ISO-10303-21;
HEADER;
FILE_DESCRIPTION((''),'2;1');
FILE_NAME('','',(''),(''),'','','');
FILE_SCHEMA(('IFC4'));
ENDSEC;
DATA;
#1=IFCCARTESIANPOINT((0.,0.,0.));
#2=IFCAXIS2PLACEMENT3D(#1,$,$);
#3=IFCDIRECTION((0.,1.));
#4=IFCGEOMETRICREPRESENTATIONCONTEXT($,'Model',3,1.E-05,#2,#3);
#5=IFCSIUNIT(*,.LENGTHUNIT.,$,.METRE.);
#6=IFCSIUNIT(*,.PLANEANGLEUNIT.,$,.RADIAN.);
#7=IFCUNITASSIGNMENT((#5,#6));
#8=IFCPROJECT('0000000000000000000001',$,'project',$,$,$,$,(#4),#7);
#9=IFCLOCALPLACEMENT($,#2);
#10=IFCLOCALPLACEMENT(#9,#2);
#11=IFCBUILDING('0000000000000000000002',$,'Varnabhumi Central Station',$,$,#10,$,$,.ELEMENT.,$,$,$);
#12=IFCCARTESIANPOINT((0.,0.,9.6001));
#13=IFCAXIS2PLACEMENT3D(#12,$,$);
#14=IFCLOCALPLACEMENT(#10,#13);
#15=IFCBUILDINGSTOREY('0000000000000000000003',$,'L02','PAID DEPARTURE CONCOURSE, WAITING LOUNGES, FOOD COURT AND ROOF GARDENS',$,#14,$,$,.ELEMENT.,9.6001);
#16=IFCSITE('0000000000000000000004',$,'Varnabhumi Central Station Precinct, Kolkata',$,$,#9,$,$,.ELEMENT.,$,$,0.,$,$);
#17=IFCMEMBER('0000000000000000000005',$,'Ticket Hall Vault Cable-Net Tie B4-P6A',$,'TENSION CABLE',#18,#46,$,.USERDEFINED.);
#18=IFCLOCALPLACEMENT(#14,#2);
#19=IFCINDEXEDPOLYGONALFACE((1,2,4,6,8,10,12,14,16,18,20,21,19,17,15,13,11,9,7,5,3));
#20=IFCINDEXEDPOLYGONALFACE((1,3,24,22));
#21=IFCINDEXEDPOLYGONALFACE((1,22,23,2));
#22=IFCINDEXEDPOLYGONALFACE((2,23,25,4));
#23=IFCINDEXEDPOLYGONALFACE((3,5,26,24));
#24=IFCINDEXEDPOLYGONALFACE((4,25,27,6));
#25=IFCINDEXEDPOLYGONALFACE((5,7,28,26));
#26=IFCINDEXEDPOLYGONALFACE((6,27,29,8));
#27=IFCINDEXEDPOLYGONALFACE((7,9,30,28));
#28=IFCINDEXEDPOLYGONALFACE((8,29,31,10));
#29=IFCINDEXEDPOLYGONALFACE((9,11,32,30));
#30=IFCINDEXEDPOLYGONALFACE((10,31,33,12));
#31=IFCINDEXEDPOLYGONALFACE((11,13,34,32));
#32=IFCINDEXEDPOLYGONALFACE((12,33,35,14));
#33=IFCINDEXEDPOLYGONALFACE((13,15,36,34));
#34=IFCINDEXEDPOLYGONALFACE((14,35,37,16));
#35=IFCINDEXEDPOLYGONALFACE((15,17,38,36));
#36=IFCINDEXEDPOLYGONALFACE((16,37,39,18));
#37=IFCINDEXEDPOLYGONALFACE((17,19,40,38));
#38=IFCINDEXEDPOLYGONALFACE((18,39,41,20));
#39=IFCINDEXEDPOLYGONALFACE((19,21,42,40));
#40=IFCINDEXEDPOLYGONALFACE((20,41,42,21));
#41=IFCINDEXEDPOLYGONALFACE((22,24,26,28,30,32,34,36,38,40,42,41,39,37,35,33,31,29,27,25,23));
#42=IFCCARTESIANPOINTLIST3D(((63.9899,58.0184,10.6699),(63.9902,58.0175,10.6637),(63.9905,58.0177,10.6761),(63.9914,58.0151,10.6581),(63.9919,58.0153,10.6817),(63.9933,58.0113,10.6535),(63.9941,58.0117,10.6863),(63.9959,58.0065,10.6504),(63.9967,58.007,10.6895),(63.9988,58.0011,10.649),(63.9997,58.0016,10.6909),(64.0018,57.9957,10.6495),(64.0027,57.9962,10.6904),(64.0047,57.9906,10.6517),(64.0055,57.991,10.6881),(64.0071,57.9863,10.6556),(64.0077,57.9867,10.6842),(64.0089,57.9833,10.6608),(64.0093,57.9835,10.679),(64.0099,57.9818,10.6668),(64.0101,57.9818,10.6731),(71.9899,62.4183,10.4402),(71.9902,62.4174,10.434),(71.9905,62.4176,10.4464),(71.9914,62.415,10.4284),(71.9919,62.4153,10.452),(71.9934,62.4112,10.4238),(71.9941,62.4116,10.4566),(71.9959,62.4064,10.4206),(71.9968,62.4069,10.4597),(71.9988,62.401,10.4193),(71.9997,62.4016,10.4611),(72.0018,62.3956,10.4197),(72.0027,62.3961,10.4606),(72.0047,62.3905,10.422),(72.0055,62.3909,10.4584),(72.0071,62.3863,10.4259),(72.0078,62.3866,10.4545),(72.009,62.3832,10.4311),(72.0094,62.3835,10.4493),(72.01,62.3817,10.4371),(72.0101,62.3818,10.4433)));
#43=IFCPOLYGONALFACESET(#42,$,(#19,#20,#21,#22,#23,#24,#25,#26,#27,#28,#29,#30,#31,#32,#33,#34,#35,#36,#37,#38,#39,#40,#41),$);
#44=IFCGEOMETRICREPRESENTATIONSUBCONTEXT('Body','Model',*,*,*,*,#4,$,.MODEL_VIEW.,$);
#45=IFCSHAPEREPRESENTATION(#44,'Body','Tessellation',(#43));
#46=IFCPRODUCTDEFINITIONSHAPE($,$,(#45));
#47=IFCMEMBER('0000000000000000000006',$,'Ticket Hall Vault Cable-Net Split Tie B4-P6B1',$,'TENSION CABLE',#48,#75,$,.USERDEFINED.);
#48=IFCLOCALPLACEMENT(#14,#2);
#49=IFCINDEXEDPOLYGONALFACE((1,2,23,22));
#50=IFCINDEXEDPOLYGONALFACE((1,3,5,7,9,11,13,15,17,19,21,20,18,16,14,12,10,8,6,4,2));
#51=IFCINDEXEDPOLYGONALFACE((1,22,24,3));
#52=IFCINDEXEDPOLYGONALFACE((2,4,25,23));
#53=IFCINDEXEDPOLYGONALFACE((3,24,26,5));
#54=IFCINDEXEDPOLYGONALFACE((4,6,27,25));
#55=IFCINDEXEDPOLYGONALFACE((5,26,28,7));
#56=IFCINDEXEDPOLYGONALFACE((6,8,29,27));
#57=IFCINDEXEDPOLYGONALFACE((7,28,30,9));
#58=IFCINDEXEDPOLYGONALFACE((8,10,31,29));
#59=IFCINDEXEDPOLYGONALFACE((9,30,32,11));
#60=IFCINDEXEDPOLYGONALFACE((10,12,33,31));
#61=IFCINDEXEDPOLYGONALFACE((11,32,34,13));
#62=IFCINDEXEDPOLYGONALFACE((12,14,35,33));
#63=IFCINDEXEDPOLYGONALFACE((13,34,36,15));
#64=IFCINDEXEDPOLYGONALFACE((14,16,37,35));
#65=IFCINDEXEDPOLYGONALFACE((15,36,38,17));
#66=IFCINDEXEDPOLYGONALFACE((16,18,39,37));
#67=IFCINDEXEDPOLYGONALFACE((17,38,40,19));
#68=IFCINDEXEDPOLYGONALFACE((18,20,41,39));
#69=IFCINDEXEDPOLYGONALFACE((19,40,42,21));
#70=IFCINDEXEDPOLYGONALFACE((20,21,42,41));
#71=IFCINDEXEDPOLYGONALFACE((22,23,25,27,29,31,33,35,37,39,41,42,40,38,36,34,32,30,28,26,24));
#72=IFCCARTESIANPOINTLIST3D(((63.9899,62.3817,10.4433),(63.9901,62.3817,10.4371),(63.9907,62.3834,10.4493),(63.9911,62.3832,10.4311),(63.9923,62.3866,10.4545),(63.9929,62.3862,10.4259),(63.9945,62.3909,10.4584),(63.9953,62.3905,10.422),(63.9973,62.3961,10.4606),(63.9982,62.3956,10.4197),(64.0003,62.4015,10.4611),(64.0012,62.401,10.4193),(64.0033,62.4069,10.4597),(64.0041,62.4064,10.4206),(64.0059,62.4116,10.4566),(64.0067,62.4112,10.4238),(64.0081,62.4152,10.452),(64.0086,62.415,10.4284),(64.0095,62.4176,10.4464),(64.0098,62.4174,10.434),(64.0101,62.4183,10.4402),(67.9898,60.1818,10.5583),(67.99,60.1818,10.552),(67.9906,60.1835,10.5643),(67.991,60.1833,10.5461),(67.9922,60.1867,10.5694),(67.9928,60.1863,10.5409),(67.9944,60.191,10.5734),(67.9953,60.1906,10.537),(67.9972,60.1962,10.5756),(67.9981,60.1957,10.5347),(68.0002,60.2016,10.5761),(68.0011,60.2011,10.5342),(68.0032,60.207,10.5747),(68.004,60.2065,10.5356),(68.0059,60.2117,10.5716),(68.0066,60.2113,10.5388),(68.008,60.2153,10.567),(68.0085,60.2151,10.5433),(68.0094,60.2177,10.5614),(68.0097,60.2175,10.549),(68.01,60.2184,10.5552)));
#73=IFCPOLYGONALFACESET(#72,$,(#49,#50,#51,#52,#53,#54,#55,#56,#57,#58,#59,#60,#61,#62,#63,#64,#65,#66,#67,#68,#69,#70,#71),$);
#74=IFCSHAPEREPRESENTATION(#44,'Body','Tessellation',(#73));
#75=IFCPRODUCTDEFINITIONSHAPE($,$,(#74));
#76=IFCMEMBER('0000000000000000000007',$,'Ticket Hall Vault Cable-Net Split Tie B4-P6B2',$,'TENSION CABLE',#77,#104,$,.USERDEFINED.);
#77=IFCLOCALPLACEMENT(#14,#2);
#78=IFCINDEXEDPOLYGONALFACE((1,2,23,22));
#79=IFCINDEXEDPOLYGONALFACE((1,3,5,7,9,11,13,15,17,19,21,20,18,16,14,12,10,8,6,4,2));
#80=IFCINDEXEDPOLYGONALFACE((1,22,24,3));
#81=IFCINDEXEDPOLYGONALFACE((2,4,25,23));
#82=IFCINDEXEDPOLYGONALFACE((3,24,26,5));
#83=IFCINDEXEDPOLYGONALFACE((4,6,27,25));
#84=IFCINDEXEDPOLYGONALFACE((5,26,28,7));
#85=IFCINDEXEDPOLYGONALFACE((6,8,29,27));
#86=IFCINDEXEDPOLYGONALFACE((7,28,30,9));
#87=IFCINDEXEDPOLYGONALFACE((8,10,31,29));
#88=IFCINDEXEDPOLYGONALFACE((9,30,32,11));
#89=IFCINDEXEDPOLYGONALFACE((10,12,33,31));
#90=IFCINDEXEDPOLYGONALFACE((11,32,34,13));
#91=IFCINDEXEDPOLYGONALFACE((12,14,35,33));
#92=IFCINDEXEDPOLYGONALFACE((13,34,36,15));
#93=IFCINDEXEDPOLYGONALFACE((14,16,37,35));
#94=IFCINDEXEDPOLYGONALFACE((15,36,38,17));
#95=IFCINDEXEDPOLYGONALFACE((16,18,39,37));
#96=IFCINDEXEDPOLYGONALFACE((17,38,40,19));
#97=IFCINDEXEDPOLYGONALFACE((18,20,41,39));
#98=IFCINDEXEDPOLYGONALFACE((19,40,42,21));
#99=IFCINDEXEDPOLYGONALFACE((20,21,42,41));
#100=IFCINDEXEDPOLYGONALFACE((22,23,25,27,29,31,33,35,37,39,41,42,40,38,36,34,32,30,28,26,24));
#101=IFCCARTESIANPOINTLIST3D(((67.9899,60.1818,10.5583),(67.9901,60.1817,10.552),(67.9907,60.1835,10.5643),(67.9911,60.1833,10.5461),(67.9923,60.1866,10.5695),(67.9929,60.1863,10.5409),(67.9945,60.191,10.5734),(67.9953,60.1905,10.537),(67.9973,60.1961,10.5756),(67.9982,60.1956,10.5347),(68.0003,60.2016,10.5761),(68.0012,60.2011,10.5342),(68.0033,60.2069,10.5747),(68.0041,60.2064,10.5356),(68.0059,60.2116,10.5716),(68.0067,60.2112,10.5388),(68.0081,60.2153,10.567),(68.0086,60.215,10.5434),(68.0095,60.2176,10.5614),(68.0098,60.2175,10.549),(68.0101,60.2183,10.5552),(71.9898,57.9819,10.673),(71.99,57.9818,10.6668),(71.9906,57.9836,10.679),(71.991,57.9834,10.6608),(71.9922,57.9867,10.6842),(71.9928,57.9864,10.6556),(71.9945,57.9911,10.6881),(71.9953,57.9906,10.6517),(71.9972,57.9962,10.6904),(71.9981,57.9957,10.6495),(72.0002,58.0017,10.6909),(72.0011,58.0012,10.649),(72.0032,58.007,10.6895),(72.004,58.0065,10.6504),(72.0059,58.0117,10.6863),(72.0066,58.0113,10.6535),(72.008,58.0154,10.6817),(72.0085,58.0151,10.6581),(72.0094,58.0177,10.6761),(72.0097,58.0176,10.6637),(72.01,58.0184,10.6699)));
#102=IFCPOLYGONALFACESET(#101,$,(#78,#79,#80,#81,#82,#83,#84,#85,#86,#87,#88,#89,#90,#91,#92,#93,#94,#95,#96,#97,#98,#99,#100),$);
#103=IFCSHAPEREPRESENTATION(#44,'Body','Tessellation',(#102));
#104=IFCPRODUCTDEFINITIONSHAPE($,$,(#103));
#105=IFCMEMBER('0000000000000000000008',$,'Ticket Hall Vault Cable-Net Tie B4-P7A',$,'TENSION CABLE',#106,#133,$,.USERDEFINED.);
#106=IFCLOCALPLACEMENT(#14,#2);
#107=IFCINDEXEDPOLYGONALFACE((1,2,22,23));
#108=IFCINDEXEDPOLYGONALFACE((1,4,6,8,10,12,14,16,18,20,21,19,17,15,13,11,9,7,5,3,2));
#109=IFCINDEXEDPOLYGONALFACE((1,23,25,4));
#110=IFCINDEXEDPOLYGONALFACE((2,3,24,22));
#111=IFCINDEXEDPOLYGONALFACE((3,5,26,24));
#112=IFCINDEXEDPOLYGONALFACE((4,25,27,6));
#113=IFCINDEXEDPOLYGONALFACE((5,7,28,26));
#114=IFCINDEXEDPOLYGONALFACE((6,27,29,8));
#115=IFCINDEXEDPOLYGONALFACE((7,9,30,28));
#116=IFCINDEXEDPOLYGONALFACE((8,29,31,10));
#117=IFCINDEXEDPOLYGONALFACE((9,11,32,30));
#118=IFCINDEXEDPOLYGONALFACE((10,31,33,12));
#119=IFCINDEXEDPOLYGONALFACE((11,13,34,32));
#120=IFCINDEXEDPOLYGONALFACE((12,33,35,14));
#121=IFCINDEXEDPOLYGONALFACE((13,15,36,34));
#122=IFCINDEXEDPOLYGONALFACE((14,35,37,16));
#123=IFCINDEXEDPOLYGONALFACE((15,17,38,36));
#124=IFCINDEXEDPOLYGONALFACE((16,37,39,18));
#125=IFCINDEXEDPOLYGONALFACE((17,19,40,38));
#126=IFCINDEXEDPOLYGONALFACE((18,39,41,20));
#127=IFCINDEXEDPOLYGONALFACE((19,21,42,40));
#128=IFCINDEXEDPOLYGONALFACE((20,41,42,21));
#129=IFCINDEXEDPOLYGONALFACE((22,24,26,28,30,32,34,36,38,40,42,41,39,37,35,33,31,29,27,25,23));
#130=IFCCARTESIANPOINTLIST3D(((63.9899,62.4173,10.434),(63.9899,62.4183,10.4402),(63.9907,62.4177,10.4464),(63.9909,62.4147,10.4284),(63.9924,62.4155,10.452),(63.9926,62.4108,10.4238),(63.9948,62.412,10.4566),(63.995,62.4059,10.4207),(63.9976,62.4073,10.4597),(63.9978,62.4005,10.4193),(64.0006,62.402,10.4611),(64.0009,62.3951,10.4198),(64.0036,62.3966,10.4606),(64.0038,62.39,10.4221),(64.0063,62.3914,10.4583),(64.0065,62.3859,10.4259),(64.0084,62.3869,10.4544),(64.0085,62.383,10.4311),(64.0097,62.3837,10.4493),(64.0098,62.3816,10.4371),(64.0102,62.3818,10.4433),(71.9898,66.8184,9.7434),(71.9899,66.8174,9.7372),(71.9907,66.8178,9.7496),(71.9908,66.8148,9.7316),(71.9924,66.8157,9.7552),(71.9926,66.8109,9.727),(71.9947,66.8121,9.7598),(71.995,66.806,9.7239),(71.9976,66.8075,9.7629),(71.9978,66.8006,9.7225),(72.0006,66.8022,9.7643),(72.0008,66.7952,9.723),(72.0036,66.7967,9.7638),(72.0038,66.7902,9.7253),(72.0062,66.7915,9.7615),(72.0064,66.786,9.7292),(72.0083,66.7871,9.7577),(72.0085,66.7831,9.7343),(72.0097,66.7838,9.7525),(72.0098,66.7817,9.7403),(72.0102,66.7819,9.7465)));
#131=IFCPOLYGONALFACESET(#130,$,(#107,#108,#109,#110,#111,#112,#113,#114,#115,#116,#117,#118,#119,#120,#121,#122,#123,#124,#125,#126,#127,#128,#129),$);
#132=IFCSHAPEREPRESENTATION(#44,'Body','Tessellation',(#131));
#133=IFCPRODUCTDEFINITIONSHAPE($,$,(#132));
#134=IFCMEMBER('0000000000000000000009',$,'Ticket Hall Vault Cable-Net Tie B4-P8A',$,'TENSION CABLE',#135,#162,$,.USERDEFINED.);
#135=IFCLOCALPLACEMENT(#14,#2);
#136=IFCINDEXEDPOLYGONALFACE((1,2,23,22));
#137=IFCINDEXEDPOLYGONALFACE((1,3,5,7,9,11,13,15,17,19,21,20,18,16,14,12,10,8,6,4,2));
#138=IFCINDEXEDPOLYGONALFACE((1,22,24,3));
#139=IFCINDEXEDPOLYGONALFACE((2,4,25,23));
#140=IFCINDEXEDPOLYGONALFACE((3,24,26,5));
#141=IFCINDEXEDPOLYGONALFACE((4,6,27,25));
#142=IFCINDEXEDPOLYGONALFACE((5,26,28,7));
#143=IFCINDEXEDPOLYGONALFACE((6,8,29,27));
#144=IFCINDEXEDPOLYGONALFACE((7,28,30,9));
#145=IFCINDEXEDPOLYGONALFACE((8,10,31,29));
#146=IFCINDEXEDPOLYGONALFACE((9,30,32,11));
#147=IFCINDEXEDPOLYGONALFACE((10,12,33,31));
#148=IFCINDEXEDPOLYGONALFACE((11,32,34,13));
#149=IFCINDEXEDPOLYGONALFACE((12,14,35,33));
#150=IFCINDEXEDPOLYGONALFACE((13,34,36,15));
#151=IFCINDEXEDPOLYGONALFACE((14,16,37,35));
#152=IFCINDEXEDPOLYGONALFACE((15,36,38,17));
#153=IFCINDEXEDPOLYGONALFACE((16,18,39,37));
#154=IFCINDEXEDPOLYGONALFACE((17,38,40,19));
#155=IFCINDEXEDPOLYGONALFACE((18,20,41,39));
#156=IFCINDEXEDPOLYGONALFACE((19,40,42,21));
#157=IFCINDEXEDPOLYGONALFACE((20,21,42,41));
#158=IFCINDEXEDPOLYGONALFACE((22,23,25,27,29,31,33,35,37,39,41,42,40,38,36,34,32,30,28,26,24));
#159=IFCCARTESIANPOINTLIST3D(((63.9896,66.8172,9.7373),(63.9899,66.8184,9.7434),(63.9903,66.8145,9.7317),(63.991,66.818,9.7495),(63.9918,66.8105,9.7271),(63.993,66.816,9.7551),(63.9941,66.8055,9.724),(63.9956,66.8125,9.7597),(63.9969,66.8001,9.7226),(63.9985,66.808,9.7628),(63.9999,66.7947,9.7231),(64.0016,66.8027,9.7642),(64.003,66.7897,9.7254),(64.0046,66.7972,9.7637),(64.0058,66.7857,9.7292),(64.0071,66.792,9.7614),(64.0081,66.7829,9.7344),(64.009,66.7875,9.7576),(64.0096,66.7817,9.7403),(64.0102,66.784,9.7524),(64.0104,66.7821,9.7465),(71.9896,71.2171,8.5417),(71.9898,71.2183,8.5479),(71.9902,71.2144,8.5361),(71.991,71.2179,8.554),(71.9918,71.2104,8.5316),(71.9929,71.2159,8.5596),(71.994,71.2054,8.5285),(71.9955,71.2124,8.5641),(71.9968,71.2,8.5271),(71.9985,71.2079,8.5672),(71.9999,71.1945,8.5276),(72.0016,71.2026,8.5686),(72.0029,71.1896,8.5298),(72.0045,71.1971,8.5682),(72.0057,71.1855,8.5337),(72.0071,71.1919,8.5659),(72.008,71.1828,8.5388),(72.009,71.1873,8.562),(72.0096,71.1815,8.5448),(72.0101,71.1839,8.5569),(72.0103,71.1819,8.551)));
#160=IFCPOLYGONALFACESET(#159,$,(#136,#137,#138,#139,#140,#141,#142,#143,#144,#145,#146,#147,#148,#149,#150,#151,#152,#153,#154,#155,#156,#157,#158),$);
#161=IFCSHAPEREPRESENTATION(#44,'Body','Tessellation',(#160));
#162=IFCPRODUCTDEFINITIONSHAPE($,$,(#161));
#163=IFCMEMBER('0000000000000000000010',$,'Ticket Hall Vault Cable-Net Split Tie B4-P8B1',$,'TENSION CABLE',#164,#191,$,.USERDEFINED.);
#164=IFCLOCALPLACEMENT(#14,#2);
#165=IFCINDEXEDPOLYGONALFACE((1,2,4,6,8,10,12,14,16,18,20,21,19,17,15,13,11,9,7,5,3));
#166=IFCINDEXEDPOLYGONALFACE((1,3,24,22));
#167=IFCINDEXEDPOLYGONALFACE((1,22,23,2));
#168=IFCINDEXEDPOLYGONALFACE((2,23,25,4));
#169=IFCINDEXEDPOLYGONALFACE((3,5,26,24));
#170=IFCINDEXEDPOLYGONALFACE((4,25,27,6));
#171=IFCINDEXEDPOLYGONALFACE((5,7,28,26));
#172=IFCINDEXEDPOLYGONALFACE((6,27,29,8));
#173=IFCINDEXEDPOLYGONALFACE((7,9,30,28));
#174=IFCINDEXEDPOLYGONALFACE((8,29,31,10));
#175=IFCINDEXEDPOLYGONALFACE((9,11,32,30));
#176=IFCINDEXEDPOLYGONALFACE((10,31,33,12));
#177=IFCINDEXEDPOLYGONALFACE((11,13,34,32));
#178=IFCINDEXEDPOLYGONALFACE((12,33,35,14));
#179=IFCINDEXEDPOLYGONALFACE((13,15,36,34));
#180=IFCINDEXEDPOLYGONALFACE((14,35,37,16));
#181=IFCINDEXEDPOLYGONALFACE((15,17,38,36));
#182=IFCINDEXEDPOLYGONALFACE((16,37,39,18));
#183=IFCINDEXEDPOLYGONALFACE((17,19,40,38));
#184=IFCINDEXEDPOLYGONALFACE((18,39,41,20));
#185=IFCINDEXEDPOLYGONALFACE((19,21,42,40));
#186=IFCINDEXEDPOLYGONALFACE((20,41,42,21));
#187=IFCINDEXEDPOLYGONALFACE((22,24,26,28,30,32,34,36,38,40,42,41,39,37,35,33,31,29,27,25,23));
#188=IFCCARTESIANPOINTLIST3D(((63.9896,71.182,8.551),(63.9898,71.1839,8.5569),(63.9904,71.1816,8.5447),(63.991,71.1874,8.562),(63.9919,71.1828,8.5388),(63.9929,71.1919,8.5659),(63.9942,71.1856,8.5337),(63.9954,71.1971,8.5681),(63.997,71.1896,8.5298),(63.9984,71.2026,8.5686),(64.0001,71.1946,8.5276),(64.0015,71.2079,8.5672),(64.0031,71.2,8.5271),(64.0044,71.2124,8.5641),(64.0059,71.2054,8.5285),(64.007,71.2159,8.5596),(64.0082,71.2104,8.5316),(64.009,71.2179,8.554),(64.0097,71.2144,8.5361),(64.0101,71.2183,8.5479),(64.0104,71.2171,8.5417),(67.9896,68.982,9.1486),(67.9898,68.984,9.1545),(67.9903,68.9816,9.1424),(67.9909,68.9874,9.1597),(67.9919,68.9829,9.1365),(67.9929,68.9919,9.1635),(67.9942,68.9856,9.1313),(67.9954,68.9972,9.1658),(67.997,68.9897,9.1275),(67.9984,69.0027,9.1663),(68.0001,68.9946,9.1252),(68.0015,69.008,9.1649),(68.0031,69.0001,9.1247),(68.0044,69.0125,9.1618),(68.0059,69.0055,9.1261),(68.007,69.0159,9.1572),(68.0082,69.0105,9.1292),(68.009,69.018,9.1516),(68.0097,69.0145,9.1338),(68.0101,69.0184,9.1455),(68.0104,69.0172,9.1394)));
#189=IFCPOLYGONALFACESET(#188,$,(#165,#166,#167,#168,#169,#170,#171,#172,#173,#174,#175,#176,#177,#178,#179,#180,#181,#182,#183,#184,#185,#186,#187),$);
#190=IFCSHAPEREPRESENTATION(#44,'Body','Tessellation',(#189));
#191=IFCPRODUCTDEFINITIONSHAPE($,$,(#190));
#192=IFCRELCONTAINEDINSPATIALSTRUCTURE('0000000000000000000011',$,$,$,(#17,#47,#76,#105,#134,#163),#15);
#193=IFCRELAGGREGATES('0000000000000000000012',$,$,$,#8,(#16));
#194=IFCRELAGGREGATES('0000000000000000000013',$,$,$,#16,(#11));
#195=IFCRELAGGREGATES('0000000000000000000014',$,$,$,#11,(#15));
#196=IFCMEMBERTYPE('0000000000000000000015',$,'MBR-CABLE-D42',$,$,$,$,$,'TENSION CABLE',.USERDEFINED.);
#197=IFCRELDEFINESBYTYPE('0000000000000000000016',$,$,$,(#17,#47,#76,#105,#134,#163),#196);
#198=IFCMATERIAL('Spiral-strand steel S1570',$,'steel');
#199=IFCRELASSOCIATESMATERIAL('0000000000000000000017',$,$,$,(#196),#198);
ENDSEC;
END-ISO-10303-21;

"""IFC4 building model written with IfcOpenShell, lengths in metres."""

from ifc_helpers import new_model, si_unit, direction, frame, origin, origin_2d, place, context, subcontext, project, spatial, circle, extrude, material, material_profile, profile_set, type_object, element, save


model = new_model("IFC4")

# Units and contexts
model_context = context("Model", 3, precision=1e-05, world=origin(), true_north=direction((0.0, 1.0)))
body_context = subcontext(model_context, "Body", "Model", "MODEL_VIEW")
ifc_project = project(units=[si_unit("LENGTHUNIT", "METRE"), si_unit("PLANEANGLEUNIT", "RADIAN")], contexts=[model_context])

# Site, building, storey
site_placement = place(None, origin())
site = spatial("IfcSite", under=ifc_project, at=site_placement, Name="Varnabhumi Central Station Precinct, Kolkata", CompositionType="ELEMENT", RefElevation=0.0)
building_placement = place(site_placement, origin())
building = spatial("IfcBuilding", under=site, at=building_placement, Name="Varnabhumi Central Station", CompositionType="ELEMENT")
storey_placement = place(building_placement, frame((0.0, 0.0, 9.6001)))
storey = spatial("IfcBuildingStorey", under=building, at=storey_placement, Name="L02", Description="PAID DEPARTURE CONCOURSE, WAITING LOUNGES, FOOD COURT AND ROOF GARDENS", CompositionType="ELEMENT", Elevation=9.6001)

# Members
ifc_material_1 = material(Name="Spiral-strand steel S1570", Category="steel")
ifc_material_profile_1 = material_profile(ifc_material_1, circle(Radius=0.021, at=origin_2d()), Name="Spiral-strand steel S1570", Category="steel")
ifc_profile_set_1 = profile_set([ifc_material_profile_1], Name="Spiral-strand steel S1570")
member_type = type_object("IfcMemberType", Name="MBR-CABLE-D42", ElementType="TENSION CABLE", PredefinedType="USERDEFINED", material=ifc_profile_set_1)
member_1_placement = place(storey_placement, frame((64.0, 58.0, 10.6699), z_axis=(0.875943, 0.481758, -0.025154), x_axis=(-0.481911, 0.87622, 0.0)))
element("IfcMember", 1, at=member_1_placement, inside=storey, type_object=member_type, Name="Ticket Hall Vault Cable-Net Tie B4-P6A", ObjectType="TENSION CABLE", PredefinedType="USERDEFINED", context=body_context, shape_type="SweptSolid", body=[
    extrude(circle(Radius=0.021, at=origin_2d()), origin(), (0.0, 0.0, 1.0), 9.1331),
])
for number, where, z_axis, x_axis, name in (
    (2, (64.0, 62.3999, 10.4402), (0.875943, -0.481758, 0.025181), (0.481911, 0.87622, 0.0), "Ticket Hall Vault Cable-Net Split Tie B4-P6B1"),
    (3, (68.0, 60.2, 10.5552), (0.875944, -0.481758, 0.025128), (0.481911, 0.87622, 0.0), "Ticket Hall Vault Cable-Net Split Tie B4-P6B2"),
):
    element("IfcMember", number, at=place(storey_placement, frame(where, z_axis=z_axis, x_axis=x_axis)), inside=storey, type_object=member_type, Name=name, ObjectType="TENSION CABLE", PredefinedType="USERDEFINED", context=body_context, shape_type="SweptSolid", body=[
        extrude(circle(Radius=0.021, at=origin_2d()), origin(), (0.0, 0.0, 1.0), 4.5664),
    ])
member_2_placement = place(storey_placement, frame((64.0, 62.3999, 10.4402), z_axis=(0.873669, 0.480534, -0.076094), x_axis=(-0.481931, 0.876209, 0.0)))
element("IfcMember", 4, at=member_2_placement, inside=storey, type_object=member_type, Name="Ticket Hall Vault Cable-Net Tie B4-P7A", ObjectType="TENSION CABLE", PredefinedType="USERDEFINED", context=body_context, shape_type="SweptSolid", body=[
    extrude(circle(Radius=0.021, at=origin_2d()), origin(), (0.0, 0.0, 1.0), 9.1567),
])
member_3_placement = place(storey_placement, frame((64.0, 66.8, 9.7434), z_axis=(0.868803, 0.477831, -0.129838), x_axis=(-0.481911, 0.87622, 0.0)))
element("IfcMember", 5, at=member_3_placement, inside=storey, type_object=member_type, Name="Ticket Hall Vault Cable-Net Tie B4-P8A", ObjectType="TENSION CABLE", PredefinedType="USERDEFINED", context=body_context, shape_type="SweptSolid", body=[
    extrude(circle(Radius=0.021, at=origin_2d()), origin(), (0.0, 0.0, 1.0), 9.208),
])
for number, where, z_axis, x_axis, name in (
    (6, (64.0, 71.2, 8.5479), (0.868806, -0.477833, 0.129812), (0.481911, 0.87622, 0.0), "Ticket Hall Vault Cable-Net Split Tie B4-P8B1"),
):
    element("IfcMember", number, at=place(storey_placement, frame(where, z_axis=z_axis, x_axis=x_axis)), inside=storey, type_object=member_type, Name=name, ObjectType="TENSION CABLE", PredefinedType="USERDEFINED", context=body_context, shape_type="SweptSolid", body=[
        extrude(circle(Radius=0.021, at=origin_2d()), origin(), (0.0, 0.0, 1.0), 4.604),
    ])

save(model, "model.ifc")
